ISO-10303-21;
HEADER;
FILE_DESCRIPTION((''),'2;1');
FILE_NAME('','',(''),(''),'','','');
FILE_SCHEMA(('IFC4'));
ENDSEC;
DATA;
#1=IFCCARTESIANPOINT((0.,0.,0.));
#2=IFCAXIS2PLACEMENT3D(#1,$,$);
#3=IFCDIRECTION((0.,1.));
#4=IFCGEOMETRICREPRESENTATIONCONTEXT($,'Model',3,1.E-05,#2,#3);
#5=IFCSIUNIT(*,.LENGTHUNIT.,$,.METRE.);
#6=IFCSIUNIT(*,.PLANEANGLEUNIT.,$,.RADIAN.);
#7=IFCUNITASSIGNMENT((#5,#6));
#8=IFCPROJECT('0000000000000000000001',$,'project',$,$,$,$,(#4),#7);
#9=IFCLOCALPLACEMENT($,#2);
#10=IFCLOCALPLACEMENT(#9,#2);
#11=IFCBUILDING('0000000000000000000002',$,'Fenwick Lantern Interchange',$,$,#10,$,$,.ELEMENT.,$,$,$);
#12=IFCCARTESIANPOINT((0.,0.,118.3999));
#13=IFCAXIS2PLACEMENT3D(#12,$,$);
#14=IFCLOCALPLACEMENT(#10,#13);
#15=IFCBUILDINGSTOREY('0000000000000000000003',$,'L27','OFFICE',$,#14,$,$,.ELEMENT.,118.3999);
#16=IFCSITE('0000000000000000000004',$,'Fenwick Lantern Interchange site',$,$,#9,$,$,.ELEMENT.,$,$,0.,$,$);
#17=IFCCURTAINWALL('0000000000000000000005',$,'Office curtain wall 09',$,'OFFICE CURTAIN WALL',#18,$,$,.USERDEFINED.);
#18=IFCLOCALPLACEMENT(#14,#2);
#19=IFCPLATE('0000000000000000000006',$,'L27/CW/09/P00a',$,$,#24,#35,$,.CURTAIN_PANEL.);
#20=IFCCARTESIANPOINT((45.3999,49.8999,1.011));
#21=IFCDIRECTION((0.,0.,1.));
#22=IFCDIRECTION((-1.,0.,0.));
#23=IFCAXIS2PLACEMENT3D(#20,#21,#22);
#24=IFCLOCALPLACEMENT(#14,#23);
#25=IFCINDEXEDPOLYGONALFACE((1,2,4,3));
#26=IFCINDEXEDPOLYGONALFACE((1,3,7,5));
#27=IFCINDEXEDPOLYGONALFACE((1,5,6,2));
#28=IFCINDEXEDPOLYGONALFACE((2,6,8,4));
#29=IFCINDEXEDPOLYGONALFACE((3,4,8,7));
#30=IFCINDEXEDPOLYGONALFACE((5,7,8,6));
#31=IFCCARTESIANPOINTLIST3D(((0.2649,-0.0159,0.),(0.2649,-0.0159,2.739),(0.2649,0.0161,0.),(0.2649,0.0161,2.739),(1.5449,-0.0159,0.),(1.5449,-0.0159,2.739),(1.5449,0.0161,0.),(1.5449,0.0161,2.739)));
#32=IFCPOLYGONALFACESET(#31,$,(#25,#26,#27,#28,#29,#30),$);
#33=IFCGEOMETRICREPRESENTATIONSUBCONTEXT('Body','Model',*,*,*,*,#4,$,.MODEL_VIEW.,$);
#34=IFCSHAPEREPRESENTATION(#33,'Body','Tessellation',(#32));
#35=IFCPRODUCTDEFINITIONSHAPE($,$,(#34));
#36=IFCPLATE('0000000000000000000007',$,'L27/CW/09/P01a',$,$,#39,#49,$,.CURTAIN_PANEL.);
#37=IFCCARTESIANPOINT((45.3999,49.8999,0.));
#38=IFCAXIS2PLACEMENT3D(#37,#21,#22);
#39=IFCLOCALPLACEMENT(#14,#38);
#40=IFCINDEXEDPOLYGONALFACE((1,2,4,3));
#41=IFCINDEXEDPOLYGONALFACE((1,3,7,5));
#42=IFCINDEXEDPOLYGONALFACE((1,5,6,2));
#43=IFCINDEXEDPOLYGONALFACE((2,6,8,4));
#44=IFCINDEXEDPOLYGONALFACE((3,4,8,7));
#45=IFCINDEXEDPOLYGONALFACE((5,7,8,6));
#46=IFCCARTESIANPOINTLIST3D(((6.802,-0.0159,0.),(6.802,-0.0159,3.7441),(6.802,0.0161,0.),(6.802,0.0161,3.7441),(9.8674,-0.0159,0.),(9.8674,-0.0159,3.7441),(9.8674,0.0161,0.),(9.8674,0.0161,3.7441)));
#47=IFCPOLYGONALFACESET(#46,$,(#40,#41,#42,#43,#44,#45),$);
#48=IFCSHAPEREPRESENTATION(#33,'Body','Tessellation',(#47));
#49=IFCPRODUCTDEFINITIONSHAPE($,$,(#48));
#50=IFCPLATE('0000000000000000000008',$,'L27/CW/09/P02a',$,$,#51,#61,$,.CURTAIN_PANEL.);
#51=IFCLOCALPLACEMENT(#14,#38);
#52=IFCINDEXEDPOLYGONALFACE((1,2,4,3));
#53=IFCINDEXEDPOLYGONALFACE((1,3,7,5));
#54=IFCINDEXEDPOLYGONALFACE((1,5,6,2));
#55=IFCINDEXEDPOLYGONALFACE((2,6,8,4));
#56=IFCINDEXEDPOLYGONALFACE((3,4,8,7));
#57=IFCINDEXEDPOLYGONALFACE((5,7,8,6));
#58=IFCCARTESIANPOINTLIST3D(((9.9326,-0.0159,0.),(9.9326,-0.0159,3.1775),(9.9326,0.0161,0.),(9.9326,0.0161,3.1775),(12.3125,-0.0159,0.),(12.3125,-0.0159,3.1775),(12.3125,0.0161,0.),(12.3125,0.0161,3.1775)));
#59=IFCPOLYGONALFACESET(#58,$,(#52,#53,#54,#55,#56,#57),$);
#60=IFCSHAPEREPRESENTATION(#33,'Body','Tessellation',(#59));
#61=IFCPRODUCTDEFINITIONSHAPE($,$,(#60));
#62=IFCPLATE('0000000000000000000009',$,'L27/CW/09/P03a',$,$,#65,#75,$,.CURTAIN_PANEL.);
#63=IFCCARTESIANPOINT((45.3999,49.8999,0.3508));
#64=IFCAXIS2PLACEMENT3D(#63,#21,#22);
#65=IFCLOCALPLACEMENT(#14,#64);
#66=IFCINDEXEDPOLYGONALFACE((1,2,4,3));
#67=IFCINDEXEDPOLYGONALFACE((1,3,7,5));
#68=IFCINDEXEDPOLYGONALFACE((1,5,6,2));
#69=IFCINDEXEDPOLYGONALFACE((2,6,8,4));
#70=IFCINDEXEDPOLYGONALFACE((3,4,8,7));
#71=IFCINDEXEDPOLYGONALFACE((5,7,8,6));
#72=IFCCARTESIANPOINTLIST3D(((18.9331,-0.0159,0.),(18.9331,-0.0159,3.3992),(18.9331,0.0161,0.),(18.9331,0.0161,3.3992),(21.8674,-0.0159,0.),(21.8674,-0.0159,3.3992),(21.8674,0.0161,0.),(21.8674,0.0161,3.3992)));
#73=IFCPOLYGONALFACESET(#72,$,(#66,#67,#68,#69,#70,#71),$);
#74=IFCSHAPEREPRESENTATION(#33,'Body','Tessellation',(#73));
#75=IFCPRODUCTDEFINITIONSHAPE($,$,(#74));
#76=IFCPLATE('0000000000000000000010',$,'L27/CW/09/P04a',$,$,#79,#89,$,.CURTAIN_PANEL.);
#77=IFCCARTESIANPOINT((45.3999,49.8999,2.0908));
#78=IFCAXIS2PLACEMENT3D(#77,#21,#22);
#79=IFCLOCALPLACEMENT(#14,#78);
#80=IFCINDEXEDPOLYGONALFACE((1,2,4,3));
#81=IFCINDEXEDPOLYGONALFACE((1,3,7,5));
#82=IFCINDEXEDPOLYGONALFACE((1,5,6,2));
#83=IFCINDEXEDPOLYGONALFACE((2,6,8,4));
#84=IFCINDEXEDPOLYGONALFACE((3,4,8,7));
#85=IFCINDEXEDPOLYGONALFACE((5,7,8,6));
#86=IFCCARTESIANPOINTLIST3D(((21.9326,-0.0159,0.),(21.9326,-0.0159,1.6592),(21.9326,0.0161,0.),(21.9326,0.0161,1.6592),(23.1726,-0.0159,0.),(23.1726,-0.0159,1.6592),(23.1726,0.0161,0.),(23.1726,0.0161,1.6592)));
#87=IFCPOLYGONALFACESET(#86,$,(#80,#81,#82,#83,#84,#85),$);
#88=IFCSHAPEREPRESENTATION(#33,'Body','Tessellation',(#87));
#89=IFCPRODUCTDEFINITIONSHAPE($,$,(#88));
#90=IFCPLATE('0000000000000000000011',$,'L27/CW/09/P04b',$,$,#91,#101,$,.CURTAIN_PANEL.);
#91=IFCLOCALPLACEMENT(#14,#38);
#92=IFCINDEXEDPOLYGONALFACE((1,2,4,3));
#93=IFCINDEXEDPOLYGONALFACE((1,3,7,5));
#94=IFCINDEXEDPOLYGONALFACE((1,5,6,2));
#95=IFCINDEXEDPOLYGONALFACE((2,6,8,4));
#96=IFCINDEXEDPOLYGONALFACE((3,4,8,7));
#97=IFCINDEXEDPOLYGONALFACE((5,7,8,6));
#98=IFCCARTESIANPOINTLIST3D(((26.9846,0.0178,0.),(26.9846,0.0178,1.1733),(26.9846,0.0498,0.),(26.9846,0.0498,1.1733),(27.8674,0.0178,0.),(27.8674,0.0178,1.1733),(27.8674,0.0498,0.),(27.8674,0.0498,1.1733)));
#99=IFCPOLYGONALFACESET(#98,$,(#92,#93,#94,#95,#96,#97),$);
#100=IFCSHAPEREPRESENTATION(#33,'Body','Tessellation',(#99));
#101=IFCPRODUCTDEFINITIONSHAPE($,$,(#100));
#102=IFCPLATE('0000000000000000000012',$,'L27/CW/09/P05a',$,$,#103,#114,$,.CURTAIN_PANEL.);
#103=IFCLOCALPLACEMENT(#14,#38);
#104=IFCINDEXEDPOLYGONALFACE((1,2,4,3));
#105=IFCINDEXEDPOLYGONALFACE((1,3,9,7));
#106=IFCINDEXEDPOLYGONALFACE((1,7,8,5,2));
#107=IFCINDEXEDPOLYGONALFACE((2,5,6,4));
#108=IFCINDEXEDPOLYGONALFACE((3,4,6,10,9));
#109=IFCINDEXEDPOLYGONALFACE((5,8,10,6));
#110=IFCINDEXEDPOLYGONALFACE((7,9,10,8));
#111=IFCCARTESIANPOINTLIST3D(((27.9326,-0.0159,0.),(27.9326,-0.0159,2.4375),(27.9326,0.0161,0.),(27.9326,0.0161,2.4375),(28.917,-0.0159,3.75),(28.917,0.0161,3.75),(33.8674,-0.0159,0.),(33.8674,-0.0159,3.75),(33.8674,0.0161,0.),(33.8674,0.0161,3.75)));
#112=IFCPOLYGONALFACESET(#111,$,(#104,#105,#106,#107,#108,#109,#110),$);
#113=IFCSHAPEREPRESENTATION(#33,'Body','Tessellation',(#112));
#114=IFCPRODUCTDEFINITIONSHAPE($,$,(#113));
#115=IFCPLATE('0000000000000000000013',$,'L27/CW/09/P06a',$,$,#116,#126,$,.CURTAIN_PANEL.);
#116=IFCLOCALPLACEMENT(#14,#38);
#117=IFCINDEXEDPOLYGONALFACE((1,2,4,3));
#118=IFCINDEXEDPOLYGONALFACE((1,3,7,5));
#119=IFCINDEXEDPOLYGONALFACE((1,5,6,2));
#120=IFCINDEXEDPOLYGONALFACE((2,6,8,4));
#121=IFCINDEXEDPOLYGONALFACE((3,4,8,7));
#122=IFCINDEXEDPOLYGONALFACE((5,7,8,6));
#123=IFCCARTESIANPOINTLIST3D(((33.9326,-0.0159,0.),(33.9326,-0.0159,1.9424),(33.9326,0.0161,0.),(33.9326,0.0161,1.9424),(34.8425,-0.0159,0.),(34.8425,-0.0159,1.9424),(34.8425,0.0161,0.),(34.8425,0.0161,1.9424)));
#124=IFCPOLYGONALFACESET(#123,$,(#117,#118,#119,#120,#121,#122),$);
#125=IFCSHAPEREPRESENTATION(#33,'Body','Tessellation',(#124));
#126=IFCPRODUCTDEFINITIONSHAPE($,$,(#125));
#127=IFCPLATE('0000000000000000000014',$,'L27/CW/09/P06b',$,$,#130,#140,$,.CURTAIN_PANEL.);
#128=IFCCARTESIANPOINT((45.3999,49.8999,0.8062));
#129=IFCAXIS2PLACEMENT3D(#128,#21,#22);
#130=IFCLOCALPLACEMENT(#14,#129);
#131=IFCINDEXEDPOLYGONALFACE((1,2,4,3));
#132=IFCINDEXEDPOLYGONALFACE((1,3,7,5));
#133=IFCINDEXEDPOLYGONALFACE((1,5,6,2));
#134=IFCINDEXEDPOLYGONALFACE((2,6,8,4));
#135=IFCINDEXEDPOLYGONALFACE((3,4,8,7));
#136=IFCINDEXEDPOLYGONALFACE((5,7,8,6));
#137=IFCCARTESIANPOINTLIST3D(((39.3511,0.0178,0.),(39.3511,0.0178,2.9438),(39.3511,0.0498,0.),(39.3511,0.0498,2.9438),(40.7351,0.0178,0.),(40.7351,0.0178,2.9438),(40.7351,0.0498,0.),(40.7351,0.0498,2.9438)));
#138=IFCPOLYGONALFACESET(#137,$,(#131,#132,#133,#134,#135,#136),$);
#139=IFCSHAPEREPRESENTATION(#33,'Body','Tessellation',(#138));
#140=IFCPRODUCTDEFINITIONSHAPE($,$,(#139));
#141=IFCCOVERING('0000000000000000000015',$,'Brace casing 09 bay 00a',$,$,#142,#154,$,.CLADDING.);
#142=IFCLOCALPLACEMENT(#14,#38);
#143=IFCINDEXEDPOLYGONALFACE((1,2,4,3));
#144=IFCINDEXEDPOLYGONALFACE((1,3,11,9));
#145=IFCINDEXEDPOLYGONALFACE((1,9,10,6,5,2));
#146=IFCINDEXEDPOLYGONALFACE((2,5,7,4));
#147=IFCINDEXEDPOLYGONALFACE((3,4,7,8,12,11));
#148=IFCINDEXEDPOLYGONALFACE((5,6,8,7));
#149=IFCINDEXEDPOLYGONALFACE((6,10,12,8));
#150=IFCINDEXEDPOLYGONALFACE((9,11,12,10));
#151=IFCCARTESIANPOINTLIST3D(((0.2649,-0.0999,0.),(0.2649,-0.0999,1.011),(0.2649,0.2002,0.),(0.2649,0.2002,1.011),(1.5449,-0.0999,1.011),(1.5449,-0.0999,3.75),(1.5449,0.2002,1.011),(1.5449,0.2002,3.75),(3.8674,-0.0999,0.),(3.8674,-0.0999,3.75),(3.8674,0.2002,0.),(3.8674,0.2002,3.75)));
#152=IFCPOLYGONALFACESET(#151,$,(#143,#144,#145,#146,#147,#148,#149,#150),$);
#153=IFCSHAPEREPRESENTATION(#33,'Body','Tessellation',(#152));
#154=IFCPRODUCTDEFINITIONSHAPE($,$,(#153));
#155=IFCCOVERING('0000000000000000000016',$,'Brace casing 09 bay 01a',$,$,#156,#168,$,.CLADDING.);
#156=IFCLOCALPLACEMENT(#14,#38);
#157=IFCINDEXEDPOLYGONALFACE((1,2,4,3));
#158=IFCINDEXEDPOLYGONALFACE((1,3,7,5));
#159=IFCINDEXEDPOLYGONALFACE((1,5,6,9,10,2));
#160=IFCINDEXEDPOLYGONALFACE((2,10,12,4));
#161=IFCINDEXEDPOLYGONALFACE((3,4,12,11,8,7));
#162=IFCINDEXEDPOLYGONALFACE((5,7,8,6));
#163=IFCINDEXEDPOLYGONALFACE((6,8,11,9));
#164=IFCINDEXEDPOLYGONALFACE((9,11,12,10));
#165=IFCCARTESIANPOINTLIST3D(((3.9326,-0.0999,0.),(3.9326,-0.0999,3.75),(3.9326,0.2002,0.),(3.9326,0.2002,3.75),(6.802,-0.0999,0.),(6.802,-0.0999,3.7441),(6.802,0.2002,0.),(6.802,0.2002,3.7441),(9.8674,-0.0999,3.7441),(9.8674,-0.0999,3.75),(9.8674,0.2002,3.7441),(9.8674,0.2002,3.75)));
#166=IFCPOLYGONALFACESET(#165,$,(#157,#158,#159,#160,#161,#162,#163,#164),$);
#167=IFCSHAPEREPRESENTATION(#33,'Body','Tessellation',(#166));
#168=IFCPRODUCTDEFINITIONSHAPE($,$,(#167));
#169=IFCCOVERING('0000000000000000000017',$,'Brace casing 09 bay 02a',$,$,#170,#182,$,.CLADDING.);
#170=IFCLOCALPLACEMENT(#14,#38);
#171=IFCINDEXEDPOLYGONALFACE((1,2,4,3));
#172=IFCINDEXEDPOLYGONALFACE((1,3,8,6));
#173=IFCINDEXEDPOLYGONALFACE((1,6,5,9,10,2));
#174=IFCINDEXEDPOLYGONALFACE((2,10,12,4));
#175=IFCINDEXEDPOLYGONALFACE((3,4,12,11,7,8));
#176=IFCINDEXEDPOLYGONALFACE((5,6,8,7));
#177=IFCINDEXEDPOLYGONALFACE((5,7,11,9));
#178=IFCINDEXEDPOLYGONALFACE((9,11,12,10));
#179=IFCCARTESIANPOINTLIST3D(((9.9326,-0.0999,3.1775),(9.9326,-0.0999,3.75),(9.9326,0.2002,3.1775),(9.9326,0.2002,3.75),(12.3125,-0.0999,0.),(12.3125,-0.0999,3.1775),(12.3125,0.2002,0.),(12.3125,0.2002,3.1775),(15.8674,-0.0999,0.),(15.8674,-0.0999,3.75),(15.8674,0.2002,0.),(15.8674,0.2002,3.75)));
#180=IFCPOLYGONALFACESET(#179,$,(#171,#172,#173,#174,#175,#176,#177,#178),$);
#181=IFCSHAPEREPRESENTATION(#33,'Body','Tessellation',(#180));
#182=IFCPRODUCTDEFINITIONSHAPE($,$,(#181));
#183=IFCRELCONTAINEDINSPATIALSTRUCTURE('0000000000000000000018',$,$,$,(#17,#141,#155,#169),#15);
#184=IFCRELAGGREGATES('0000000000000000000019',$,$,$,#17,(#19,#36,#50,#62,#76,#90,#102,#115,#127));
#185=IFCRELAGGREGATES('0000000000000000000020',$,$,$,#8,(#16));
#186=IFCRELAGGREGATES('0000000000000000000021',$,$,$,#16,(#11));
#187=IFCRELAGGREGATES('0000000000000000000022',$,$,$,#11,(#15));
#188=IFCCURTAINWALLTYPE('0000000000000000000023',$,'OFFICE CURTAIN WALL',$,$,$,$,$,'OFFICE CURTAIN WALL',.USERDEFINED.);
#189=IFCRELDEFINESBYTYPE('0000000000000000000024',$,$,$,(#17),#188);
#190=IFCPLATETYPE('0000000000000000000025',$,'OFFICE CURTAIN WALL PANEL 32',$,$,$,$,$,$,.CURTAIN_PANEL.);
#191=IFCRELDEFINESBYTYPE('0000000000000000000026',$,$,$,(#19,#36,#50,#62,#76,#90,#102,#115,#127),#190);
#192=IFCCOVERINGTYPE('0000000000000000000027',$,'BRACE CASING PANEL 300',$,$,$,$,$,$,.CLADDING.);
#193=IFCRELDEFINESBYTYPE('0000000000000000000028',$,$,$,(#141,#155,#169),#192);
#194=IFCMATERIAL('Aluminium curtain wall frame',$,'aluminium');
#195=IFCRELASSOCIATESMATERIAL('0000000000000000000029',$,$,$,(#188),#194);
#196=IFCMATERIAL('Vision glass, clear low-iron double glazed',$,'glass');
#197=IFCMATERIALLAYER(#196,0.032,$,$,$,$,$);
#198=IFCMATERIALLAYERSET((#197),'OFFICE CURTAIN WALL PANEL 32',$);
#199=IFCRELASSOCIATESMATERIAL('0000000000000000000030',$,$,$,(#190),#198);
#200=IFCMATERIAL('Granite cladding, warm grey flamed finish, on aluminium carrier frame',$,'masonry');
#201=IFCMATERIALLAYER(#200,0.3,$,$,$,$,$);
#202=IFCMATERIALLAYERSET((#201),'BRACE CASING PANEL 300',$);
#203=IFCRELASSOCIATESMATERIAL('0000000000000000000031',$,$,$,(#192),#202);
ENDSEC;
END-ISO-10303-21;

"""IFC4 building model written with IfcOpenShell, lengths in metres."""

from ifc_helpers import new_model, si_unit, direction, frame, origin, place, context, subcontext, project, spatial, polyline, outline, extrude, material, layer, layer_set, type_object, element, aggregate, save


model = new_model("IFC4")

# Units and contexts
model_context = context("Model", 3, precision=1e-05, world=origin(), true_north=direction((0.0, 1.0)))
body_context = subcontext(model_context, "Body", "Model", "MODEL_VIEW")
ifc_project = project(units=[si_unit("LENGTHUNIT", "METRE"), si_unit("PLANEANGLEUNIT", "RADIAN")], contexts=[model_context])

# Site, building, storey
site_placement = place(None, origin())
site = spatial("IfcSite", under=ifc_project, at=site_placement, Name="Fenwick Lantern Interchange site", CompositionType="ELEMENT", RefElevation=0.0)
building_placement = place(site_placement, origin())
building = spatial("IfcBuilding", under=site, at=building_placement, Name="Fenwick Lantern Interchange", CompositionType="ELEMENT")
storey_placement = place(building_placement, frame((0.0, 0.0, 118.3999)))
storey = spatial("IfcBuildingStorey", under=building, at=storey_placement, Name="L27", Description="OFFICE", CompositionType="ELEMENT", Elevation=118.3999)

# Shared definitions
ifc_material_1 = material(Name="Aluminium curtain wall frame", Category="aluminium")
curtain_wall_type = type_object("IfcCurtainWallType", Name="OFFICE CURTAIN WALL", ElementType="OFFICE CURTAIN WALL", PredefinedType="USERDEFINED", material=ifc_material_1)

# Curtain wall
curtain_wall_1_placement = place(storey_placement, origin())
curtain_wall_1 = element("IfcCurtainWall", 1, at=curtain_wall_1_placement, inside=storey, type_object=curtain_wall_type, Name="Office curtain wall 09", ObjectType="OFFICE CURTAIN WALL", PredefinedType="USERDEFINED")

# Plates
ifc_material_2 = material(Name="Vision glass, clear low-iron double glazed", Category="glass")
ifc_layer_1 = layer(ifc_material_2, 0.032)
ifc_layer_set_1 = layer_set([ifc_layer_1], Name="OFFICE CURTAIN WALL PANEL 32")
plate_type = type_object("IfcPlateType", Name="OFFICE CURTAIN WALL PANEL 32", PredefinedType="CURTAIN_PANEL", material=ifc_layer_set_1)
plate_1_placement = place(storey_placement, frame((45.3999, 49.8999, 1.011), z_axis=(0.0, 0.0, 1.0), x_axis=(-1.0, 0.0, 0.0)))
plate_1 = element("IfcPlate", 2, at=plate_1_placement, type_object=plate_type, Name="L27/CW/09/P00a", PredefinedType="CURTAIN_PANEL", context=body_context, shape_type="SweptSolid", body=[
    extrude(outline(polyline([(0.2649, 0.0), (1.5449, 0.0), (1.5449, 2.739), (0.2649, 2.739), (0.2649, 0.0)])), frame((0.0, 0.0161, 0.0), z_axis=(0.0, -1.0, 0.0), x_axis=(1.0, 0.0, 0.0)), (0.0, 0.0, 1.0), 0.032),
])
plate_2_placement = place(storey_placement, frame((45.3999, 49.8999, 0.0), z_axis=(0.0, 0.0, 1.0), x_axis=(-1.0, 0.0, 0.0)))
plate_2 = element("IfcPlate", 3, at=plate_2_placement, type_object=plate_type, Name="L27/CW/09/P01a", PredefinedType="CURTAIN_PANEL", context=body_context, shape_type="SweptSolid", body=[
    extrude(outline(polyline([(6.802, 0.0), (9.8674, 0.0), (9.8674, 3.7441), (6.802, 3.7441), (6.802, 0.0)])), frame((0.0, 0.0161, 0.0), z_axis=(0.0, -1.0, 0.0), x_axis=(1.0, 0.0, 0.0)), (0.0, 0.0, 1.0), 0.032),
])
plate_3_placement = place(storey_placement, frame((45.3999, 49.8999, 0.0), z_axis=(0.0, 0.0, 1.0), x_axis=(-1.0, 0.0, 0.0)))
plate_3 = element("IfcPlate", 4, at=plate_3_placement, type_object=plate_type, Name="L27/CW/09/P02a", PredefinedType="CURTAIN_PANEL", context=body_context, shape_type="SweptSolid", body=[
    extrude(outline(polyline([(9.9326, 0.0), (12.3125, 0.0), (12.3125, 3.1775), (9.9326, 3.1775), (9.9326, 0.0)])), frame((0.0, 0.0161, 0.0), z_axis=(0.0, -1.0, 0.0), x_axis=(1.0, 0.0, 0.0)), (0.0, 0.0, 1.0), 0.032),
])
plate_4_placement = place(storey_placement, frame((45.3999, 49.8999, 0.3508), z_axis=(0.0, 0.0, 1.0), x_axis=(-1.0, 0.0, 0.0)))
plate_4 = element("IfcPlate", 5, at=plate_4_placement, type_object=plate_type, Name="L27/CW/09/P03a", PredefinedType="CURTAIN_PANEL", context=body_context, shape_type="SweptSolid", body=[
    extrude(outline(polyline([(18.9331, 0.0), (21.8674, 0.0), (21.8674, 3.3992), (18.9331, 3.3992), (18.9331, 0.0)])), frame((0.0, 0.0161, 0.0), z_axis=(0.0, -1.0, 0.0), x_axis=(1.0, 0.0, 0.0)), (0.0, 0.0, 1.0), 0.032),
])
plate_5_placement = place(storey_placement, frame((45.3999, 49.8999, 2.0908), z_axis=(0.0, 0.0, 1.0), x_axis=(-1.0, 0.0, 0.0)))
plate_5 = element("IfcPlate", 6, at=plate_5_placement, type_object=plate_type, Name="L27/CW/09/P04a", PredefinedType="CURTAIN_PANEL", context=body_context, shape_type="SweptSolid", body=[
    extrude(outline(polyline([(21.9326, 0.0), (23.1726, 0.0), (23.1726, 1.6592), (21.9326, 1.6592), (21.9326, 0.0)])), frame((0.0, 0.0161, 0.0), z_axis=(0.0, -1.0, 0.0), x_axis=(1.0, 0.0, 0.0)), (0.0, 0.0, 1.0), 0.032),
])
plate_6_placement = place(storey_placement, frame((45.3999, 49.8999, 0.0), z_axis=(0.0, 0.0, 1.0), x_axis=(-1.0, 0.0, 0.0)))
plate_6 = element("IfcPlate", 7, at=plate_6_placement, type_object=plate_type, Name="L27/CW/09/P04b", PredefinedType="CURTAIN_PANEL", context=body_context, shape_type="SweptSolid", body=[
    extrude(outline(polyline([(26.9846, 0.0), (27.8674, 0.0), (27.8674, 1.1733), (26.9846, 1.1733), (26.9846, 0.0)])), frame((0.0, 0.0498, 0.0), z_axis=(0.0, -1.0, 0.0), x_axis=(1.0, 0.0, 0.0)), (0.0, 0.0, 1.0), 0.032),
])
plate_7_placement = place(storey_placement, frame((45.3999, 49.8999, 0.0), z_axis=(0.0, 0.0, 1.0), x_axis=(-1.0, 0.0, 0.0)))
plate_7 = element("IfcPlate", 8, at=plate_7_placement, type_object=plate_type, Name="L27/CW/09/P05a", PredefinedType="CURTAIN_PANEL", context=body_context, shape_type="SweptSolid", body=[
    extrude(outline(polyline([(27.9326, 0.0), (33.8674, 0.0), (33.8674, 3.75), (28.917, 3.75), (27.9326, 2.4375), (27.9326, 0.0)])), frame((0.0, 0.0161, 0.0), z_axis=(0.0, -1.0, 0.0), x_axis=(1.0, 0.0, 0.0)), (0.0, 0.0, 1.0), 0.032),
])
plate_8_placement = place(storey_placement, frame((45.3999, 49.8999, 0.0), z_axis=(0.0, 0.0, 1.0), x_axis=(-1.0, 0.0, 0.0)))
plate_8 = element("IfcPlate", 9, at=plate_8_placement, type_object=plate_type, Name="L27/CW/09/P06a", PredefinedType="CURTAIN_PANEL", context=body_context, shape_type="SweptSolid", body=[
    extrude(outline(polyline([(33.9326, 0.0), (34.8425, 0.0), (34.8425, 1.9424), (33.9326, 1.9424), (33.9326, 0.0)])), frame((0.0, 0.0161, 0.0), z_axis=(0.0, -1.0, 0.0), x_axis=(1.0, 0.0, 0.0)), (0.0, 0.0, 1.0), 0.032),
])
plate_9_placement = place(storey_placement, frame((45.3999, 49.8999, 0.8062), z_axis=(0.0, 0.0, 1.0), x_axis=(-1.0, 0.0, 0.0)))
plate_9 = element("IfcPlate", 10, at=plate_9_placement, type_object=plate_type, Name="L27/CW/09/P06b", PredefinedType="CURTAIN_PANEL", context=body_context, shape_type="SweptSolid", body=[
    extrude(outline(polyline([(39.3511, 0.0), (40.7351, 0.0), (40.7351, 2.9438), (39.3511, 2.9438), (39.3511, 0.0)])), frame((0.0, 0.0498, 0.0), z_axis=(0.0, -1.0, 0.0), x_axis=(1.0, 0.0, 0.0)), (0.0, 0.0, 1.0), 0.032),
])
aggregate(curtain_wall_1, [plate_1, plate_2, plate_3, plate_4, plate_5, plate_6, plate_7, plate_8, plate_9])

# Coverings
ifc_material_3 = material(Name="Granite cladding, warm grey flamed finish, on aluminium carrier frame", Category="masonry")
ifc_layer_2 = layer(ifc_material_3, 0.3)
ifc_layer_set_2 = layer_set([ifc_layer_2], Name="BRACE CASING PANEL 300")
covering_type = type_object("IfcCoveringType", Name="BRACE CASING PANEL 300", PredefinedType="CLADDING", material=ifc_layer_set_2)
covering_1_placement = place(storey_placement, frame((45.3999, 49.8999, 0.0), z_axis=(0.0, 0.0, 1.0), x_axis=(-1.0, 0.0, 0.0)))
element("IfcCovering", 11, at=covering_1_placement, inside=storey, type_object=covering_type, Name="Brace casing 09 bay 00a", PredefinedType="CLADDING", context=body_context, shape_type="SweptSolid", body=[
    extrude(outline(polyline([(0.2649, 0.0), (3.8674, 0.0), (3.8674, 3.75), (1.5449, 3.75), (1.5449, 1.011), (0.2649, 1.011), (0.2649, 0.0)])), frame((0.0, 0.2002, 0.0), z_axis=(0.0, -1.0, 0.0), x_axis=(1.0, 0.0, 0.0)), (0.0, 0.0, 1.0), 0.3),
])
covering_2_placement = place(storey_placement, frame((45.3999, 49.8999, 0.0), z_axis=(0.0, 0.0, 1.0), x_axis=(-1.0, 0.0, 0.0)))
element("IfcCovering", 12, at=covering_2_placement, inside=storey, type_object=covering_type, Name="Brace casing 09 bay 01a", PredefinedType="CLADDING", context=body_context, shape_type="SweptSolid", body=[
    extrude(outline(polyline([(3.9326, 0.0), (6.802, 0.0), (6.802, 3.7441), (9.8674, 3.7441), (9.8674, 3.75), (3.9326, 3.75), (3.9326, 0.0)])), frame((0.0, 0.2002, 0.0), z_axis=(0.0, -1.0, 0.0), x_axis=(1.0, 0.0, 0.0)), (0.0, 0.0, 1.0), 0.3),
])
covering_3_placement = place(storey_placement, frame((45.3999, 49.8999, 0.0), z_axis=(0.0, 0.0, 1.0), x_axis=(-1.0, 0.0, 0.0)))
element("IfcCovering", 13, at=covering_3_placement, inside=storey, type_object=covering_type, Name="Brace casing 09 bay 02a", PredefinedType="CLADDING", context=body_context, shape_type="SweptSolid", body=[
    extrude(outline(polyline([(12.3125, 0.0), (15.8674, 0.0), (15.8674, 3.75), (9.9326, 3.75), (9.9326, 3.1775), (12.3125, 3.1775), (12.3125, 0.0)])), frame((0.0, 0.2002, 0.0), z_axis=(0.0, -1.0, 0.0), x_axis=(1.0, 0.0, 0.0)), (0.0, 0.0, 1.0), 0.3),
])

save(model, "model.ifc")
